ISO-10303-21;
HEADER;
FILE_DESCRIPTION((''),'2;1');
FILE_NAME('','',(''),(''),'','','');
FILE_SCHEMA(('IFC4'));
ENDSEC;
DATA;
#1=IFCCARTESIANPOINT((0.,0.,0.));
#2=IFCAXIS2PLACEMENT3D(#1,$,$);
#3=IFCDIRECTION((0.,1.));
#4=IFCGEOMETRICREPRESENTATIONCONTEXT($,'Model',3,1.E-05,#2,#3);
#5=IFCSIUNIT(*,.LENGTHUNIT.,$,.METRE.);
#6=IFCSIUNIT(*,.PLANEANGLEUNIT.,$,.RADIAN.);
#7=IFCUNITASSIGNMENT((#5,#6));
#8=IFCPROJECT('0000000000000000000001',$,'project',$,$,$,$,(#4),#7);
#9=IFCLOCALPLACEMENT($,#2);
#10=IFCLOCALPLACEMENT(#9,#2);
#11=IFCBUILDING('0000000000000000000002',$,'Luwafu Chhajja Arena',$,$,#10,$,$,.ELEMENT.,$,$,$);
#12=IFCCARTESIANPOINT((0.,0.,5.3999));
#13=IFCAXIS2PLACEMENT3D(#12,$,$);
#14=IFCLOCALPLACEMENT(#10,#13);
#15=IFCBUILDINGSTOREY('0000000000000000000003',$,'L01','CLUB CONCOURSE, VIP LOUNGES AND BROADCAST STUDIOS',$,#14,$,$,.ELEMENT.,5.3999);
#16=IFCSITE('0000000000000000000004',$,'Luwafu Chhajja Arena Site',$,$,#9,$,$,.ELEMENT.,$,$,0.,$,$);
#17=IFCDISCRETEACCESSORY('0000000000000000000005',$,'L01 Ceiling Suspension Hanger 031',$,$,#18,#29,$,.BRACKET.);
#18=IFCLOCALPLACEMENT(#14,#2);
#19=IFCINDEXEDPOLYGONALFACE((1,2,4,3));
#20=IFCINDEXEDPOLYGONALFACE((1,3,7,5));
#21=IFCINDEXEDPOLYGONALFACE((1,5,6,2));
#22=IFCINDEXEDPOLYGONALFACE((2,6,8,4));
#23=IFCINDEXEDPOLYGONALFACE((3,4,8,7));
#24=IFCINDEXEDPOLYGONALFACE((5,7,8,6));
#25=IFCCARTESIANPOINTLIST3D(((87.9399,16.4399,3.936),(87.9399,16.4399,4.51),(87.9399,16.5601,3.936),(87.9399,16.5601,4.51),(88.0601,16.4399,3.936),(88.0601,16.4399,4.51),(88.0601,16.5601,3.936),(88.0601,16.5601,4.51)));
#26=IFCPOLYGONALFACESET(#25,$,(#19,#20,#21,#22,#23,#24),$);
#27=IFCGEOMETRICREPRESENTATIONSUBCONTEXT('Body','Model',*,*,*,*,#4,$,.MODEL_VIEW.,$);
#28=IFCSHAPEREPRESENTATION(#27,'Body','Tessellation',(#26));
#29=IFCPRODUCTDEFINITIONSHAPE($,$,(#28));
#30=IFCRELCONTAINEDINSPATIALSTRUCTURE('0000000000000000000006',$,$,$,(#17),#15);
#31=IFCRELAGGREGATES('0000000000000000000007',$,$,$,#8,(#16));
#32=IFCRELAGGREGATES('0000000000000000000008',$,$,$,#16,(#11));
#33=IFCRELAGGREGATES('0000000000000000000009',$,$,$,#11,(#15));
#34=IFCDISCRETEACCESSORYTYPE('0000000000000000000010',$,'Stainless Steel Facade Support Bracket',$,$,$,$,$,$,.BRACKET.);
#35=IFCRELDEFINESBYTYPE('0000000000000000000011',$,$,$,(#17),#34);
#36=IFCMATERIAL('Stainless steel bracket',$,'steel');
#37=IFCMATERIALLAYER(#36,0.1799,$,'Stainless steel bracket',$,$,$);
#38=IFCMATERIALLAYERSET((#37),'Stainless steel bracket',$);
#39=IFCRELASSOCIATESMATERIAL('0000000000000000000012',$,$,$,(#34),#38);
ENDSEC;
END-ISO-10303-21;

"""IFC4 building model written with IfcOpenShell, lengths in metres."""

from ifc_helpers import new_model, si_unit, direction, frame, origin, origin_2d, place, context, subcontext, project, spatial, rectangle, extrude, material, layer, layer_set, type_object, element, save


model = new_model("IFC4")

# Units and contexts
model_context = context("Model", 3, precision=1e-05, world=origin(), true_north=direction((0.0, 1.0)))
body_context = subcontext(model_context, "Body", "Model", "MODEL_VIEW")
ifc_project = project(units=[si_unit("LENGTHUNIT", "METRE"), si_unit("PLANEANGLEUNIT", "RADIAN")], contexts=[model_context])

# Site, building, storey
site_placement = place(None, origin())
site = spatial("IfcSite", under=ifc_project, at=site_placement, Name="Luwafu Chhajja Arena Site", CompositionType="ELEMENT", RefElevation=0.0)
building_placement = place(site_placement, origin())
building = spatial("IfcBuilding", under=site, at=building_placement, Name="Luwafu Chhajja Arena", CompositionType="ELEMENT")
storey_placement = place(building_placement, frame((0.0, 0.0, 5.3999)))
storey = spatial("IfcBuildingStorey", under=building, at=storey_placement, Name="L01", Description="CLUB CONCOURSE, VIP LOUNGES AND BROADCAST STUDIOS", CompositionType="ELEMENT", Elevation=5.3999)

# Discrete accessory
ifc_material_1 = material(Name="Stainless steel bracket", Category="steel")
ifc_layer_1 = layer(ifc_material_1, 0.1799, Name="Stainless steel bracket")
ifc_layer_set_1 = layer_set([ifc_layer_1], Name="Stainless steel bracket")
discrete_accessory_type = type_object("IfcDiscreteAccessoryType", Name="Stainless Steel Facade Support Bracket", PredefinedType="BRACKET", material=ifc_layer_set_1)
discrete_accessory_placement = place(storey_placement, frame((88.0, 16.5, 3.936), z_axis=(0.0, 0.0, 1.0), x_axis=(1.0, 0.0, 0.0)))
element("IfcDiscreteAccessory", 1, at=discrete_accessory_placement, inside=storey, type_object=discrete_accessory_type, Name="L01 Ceiling Suspension Hanger 031", PredefinedType="BRACKET", context=body_context, shape_type="SweptSolid", body=[
    extrude(rectangle(XDim=0.1201, YDim=0.1201, at=origin_2d()), origin(), (0.0, 0.0, 1.0), 0.574),
])

save(model, "model.ifc")
